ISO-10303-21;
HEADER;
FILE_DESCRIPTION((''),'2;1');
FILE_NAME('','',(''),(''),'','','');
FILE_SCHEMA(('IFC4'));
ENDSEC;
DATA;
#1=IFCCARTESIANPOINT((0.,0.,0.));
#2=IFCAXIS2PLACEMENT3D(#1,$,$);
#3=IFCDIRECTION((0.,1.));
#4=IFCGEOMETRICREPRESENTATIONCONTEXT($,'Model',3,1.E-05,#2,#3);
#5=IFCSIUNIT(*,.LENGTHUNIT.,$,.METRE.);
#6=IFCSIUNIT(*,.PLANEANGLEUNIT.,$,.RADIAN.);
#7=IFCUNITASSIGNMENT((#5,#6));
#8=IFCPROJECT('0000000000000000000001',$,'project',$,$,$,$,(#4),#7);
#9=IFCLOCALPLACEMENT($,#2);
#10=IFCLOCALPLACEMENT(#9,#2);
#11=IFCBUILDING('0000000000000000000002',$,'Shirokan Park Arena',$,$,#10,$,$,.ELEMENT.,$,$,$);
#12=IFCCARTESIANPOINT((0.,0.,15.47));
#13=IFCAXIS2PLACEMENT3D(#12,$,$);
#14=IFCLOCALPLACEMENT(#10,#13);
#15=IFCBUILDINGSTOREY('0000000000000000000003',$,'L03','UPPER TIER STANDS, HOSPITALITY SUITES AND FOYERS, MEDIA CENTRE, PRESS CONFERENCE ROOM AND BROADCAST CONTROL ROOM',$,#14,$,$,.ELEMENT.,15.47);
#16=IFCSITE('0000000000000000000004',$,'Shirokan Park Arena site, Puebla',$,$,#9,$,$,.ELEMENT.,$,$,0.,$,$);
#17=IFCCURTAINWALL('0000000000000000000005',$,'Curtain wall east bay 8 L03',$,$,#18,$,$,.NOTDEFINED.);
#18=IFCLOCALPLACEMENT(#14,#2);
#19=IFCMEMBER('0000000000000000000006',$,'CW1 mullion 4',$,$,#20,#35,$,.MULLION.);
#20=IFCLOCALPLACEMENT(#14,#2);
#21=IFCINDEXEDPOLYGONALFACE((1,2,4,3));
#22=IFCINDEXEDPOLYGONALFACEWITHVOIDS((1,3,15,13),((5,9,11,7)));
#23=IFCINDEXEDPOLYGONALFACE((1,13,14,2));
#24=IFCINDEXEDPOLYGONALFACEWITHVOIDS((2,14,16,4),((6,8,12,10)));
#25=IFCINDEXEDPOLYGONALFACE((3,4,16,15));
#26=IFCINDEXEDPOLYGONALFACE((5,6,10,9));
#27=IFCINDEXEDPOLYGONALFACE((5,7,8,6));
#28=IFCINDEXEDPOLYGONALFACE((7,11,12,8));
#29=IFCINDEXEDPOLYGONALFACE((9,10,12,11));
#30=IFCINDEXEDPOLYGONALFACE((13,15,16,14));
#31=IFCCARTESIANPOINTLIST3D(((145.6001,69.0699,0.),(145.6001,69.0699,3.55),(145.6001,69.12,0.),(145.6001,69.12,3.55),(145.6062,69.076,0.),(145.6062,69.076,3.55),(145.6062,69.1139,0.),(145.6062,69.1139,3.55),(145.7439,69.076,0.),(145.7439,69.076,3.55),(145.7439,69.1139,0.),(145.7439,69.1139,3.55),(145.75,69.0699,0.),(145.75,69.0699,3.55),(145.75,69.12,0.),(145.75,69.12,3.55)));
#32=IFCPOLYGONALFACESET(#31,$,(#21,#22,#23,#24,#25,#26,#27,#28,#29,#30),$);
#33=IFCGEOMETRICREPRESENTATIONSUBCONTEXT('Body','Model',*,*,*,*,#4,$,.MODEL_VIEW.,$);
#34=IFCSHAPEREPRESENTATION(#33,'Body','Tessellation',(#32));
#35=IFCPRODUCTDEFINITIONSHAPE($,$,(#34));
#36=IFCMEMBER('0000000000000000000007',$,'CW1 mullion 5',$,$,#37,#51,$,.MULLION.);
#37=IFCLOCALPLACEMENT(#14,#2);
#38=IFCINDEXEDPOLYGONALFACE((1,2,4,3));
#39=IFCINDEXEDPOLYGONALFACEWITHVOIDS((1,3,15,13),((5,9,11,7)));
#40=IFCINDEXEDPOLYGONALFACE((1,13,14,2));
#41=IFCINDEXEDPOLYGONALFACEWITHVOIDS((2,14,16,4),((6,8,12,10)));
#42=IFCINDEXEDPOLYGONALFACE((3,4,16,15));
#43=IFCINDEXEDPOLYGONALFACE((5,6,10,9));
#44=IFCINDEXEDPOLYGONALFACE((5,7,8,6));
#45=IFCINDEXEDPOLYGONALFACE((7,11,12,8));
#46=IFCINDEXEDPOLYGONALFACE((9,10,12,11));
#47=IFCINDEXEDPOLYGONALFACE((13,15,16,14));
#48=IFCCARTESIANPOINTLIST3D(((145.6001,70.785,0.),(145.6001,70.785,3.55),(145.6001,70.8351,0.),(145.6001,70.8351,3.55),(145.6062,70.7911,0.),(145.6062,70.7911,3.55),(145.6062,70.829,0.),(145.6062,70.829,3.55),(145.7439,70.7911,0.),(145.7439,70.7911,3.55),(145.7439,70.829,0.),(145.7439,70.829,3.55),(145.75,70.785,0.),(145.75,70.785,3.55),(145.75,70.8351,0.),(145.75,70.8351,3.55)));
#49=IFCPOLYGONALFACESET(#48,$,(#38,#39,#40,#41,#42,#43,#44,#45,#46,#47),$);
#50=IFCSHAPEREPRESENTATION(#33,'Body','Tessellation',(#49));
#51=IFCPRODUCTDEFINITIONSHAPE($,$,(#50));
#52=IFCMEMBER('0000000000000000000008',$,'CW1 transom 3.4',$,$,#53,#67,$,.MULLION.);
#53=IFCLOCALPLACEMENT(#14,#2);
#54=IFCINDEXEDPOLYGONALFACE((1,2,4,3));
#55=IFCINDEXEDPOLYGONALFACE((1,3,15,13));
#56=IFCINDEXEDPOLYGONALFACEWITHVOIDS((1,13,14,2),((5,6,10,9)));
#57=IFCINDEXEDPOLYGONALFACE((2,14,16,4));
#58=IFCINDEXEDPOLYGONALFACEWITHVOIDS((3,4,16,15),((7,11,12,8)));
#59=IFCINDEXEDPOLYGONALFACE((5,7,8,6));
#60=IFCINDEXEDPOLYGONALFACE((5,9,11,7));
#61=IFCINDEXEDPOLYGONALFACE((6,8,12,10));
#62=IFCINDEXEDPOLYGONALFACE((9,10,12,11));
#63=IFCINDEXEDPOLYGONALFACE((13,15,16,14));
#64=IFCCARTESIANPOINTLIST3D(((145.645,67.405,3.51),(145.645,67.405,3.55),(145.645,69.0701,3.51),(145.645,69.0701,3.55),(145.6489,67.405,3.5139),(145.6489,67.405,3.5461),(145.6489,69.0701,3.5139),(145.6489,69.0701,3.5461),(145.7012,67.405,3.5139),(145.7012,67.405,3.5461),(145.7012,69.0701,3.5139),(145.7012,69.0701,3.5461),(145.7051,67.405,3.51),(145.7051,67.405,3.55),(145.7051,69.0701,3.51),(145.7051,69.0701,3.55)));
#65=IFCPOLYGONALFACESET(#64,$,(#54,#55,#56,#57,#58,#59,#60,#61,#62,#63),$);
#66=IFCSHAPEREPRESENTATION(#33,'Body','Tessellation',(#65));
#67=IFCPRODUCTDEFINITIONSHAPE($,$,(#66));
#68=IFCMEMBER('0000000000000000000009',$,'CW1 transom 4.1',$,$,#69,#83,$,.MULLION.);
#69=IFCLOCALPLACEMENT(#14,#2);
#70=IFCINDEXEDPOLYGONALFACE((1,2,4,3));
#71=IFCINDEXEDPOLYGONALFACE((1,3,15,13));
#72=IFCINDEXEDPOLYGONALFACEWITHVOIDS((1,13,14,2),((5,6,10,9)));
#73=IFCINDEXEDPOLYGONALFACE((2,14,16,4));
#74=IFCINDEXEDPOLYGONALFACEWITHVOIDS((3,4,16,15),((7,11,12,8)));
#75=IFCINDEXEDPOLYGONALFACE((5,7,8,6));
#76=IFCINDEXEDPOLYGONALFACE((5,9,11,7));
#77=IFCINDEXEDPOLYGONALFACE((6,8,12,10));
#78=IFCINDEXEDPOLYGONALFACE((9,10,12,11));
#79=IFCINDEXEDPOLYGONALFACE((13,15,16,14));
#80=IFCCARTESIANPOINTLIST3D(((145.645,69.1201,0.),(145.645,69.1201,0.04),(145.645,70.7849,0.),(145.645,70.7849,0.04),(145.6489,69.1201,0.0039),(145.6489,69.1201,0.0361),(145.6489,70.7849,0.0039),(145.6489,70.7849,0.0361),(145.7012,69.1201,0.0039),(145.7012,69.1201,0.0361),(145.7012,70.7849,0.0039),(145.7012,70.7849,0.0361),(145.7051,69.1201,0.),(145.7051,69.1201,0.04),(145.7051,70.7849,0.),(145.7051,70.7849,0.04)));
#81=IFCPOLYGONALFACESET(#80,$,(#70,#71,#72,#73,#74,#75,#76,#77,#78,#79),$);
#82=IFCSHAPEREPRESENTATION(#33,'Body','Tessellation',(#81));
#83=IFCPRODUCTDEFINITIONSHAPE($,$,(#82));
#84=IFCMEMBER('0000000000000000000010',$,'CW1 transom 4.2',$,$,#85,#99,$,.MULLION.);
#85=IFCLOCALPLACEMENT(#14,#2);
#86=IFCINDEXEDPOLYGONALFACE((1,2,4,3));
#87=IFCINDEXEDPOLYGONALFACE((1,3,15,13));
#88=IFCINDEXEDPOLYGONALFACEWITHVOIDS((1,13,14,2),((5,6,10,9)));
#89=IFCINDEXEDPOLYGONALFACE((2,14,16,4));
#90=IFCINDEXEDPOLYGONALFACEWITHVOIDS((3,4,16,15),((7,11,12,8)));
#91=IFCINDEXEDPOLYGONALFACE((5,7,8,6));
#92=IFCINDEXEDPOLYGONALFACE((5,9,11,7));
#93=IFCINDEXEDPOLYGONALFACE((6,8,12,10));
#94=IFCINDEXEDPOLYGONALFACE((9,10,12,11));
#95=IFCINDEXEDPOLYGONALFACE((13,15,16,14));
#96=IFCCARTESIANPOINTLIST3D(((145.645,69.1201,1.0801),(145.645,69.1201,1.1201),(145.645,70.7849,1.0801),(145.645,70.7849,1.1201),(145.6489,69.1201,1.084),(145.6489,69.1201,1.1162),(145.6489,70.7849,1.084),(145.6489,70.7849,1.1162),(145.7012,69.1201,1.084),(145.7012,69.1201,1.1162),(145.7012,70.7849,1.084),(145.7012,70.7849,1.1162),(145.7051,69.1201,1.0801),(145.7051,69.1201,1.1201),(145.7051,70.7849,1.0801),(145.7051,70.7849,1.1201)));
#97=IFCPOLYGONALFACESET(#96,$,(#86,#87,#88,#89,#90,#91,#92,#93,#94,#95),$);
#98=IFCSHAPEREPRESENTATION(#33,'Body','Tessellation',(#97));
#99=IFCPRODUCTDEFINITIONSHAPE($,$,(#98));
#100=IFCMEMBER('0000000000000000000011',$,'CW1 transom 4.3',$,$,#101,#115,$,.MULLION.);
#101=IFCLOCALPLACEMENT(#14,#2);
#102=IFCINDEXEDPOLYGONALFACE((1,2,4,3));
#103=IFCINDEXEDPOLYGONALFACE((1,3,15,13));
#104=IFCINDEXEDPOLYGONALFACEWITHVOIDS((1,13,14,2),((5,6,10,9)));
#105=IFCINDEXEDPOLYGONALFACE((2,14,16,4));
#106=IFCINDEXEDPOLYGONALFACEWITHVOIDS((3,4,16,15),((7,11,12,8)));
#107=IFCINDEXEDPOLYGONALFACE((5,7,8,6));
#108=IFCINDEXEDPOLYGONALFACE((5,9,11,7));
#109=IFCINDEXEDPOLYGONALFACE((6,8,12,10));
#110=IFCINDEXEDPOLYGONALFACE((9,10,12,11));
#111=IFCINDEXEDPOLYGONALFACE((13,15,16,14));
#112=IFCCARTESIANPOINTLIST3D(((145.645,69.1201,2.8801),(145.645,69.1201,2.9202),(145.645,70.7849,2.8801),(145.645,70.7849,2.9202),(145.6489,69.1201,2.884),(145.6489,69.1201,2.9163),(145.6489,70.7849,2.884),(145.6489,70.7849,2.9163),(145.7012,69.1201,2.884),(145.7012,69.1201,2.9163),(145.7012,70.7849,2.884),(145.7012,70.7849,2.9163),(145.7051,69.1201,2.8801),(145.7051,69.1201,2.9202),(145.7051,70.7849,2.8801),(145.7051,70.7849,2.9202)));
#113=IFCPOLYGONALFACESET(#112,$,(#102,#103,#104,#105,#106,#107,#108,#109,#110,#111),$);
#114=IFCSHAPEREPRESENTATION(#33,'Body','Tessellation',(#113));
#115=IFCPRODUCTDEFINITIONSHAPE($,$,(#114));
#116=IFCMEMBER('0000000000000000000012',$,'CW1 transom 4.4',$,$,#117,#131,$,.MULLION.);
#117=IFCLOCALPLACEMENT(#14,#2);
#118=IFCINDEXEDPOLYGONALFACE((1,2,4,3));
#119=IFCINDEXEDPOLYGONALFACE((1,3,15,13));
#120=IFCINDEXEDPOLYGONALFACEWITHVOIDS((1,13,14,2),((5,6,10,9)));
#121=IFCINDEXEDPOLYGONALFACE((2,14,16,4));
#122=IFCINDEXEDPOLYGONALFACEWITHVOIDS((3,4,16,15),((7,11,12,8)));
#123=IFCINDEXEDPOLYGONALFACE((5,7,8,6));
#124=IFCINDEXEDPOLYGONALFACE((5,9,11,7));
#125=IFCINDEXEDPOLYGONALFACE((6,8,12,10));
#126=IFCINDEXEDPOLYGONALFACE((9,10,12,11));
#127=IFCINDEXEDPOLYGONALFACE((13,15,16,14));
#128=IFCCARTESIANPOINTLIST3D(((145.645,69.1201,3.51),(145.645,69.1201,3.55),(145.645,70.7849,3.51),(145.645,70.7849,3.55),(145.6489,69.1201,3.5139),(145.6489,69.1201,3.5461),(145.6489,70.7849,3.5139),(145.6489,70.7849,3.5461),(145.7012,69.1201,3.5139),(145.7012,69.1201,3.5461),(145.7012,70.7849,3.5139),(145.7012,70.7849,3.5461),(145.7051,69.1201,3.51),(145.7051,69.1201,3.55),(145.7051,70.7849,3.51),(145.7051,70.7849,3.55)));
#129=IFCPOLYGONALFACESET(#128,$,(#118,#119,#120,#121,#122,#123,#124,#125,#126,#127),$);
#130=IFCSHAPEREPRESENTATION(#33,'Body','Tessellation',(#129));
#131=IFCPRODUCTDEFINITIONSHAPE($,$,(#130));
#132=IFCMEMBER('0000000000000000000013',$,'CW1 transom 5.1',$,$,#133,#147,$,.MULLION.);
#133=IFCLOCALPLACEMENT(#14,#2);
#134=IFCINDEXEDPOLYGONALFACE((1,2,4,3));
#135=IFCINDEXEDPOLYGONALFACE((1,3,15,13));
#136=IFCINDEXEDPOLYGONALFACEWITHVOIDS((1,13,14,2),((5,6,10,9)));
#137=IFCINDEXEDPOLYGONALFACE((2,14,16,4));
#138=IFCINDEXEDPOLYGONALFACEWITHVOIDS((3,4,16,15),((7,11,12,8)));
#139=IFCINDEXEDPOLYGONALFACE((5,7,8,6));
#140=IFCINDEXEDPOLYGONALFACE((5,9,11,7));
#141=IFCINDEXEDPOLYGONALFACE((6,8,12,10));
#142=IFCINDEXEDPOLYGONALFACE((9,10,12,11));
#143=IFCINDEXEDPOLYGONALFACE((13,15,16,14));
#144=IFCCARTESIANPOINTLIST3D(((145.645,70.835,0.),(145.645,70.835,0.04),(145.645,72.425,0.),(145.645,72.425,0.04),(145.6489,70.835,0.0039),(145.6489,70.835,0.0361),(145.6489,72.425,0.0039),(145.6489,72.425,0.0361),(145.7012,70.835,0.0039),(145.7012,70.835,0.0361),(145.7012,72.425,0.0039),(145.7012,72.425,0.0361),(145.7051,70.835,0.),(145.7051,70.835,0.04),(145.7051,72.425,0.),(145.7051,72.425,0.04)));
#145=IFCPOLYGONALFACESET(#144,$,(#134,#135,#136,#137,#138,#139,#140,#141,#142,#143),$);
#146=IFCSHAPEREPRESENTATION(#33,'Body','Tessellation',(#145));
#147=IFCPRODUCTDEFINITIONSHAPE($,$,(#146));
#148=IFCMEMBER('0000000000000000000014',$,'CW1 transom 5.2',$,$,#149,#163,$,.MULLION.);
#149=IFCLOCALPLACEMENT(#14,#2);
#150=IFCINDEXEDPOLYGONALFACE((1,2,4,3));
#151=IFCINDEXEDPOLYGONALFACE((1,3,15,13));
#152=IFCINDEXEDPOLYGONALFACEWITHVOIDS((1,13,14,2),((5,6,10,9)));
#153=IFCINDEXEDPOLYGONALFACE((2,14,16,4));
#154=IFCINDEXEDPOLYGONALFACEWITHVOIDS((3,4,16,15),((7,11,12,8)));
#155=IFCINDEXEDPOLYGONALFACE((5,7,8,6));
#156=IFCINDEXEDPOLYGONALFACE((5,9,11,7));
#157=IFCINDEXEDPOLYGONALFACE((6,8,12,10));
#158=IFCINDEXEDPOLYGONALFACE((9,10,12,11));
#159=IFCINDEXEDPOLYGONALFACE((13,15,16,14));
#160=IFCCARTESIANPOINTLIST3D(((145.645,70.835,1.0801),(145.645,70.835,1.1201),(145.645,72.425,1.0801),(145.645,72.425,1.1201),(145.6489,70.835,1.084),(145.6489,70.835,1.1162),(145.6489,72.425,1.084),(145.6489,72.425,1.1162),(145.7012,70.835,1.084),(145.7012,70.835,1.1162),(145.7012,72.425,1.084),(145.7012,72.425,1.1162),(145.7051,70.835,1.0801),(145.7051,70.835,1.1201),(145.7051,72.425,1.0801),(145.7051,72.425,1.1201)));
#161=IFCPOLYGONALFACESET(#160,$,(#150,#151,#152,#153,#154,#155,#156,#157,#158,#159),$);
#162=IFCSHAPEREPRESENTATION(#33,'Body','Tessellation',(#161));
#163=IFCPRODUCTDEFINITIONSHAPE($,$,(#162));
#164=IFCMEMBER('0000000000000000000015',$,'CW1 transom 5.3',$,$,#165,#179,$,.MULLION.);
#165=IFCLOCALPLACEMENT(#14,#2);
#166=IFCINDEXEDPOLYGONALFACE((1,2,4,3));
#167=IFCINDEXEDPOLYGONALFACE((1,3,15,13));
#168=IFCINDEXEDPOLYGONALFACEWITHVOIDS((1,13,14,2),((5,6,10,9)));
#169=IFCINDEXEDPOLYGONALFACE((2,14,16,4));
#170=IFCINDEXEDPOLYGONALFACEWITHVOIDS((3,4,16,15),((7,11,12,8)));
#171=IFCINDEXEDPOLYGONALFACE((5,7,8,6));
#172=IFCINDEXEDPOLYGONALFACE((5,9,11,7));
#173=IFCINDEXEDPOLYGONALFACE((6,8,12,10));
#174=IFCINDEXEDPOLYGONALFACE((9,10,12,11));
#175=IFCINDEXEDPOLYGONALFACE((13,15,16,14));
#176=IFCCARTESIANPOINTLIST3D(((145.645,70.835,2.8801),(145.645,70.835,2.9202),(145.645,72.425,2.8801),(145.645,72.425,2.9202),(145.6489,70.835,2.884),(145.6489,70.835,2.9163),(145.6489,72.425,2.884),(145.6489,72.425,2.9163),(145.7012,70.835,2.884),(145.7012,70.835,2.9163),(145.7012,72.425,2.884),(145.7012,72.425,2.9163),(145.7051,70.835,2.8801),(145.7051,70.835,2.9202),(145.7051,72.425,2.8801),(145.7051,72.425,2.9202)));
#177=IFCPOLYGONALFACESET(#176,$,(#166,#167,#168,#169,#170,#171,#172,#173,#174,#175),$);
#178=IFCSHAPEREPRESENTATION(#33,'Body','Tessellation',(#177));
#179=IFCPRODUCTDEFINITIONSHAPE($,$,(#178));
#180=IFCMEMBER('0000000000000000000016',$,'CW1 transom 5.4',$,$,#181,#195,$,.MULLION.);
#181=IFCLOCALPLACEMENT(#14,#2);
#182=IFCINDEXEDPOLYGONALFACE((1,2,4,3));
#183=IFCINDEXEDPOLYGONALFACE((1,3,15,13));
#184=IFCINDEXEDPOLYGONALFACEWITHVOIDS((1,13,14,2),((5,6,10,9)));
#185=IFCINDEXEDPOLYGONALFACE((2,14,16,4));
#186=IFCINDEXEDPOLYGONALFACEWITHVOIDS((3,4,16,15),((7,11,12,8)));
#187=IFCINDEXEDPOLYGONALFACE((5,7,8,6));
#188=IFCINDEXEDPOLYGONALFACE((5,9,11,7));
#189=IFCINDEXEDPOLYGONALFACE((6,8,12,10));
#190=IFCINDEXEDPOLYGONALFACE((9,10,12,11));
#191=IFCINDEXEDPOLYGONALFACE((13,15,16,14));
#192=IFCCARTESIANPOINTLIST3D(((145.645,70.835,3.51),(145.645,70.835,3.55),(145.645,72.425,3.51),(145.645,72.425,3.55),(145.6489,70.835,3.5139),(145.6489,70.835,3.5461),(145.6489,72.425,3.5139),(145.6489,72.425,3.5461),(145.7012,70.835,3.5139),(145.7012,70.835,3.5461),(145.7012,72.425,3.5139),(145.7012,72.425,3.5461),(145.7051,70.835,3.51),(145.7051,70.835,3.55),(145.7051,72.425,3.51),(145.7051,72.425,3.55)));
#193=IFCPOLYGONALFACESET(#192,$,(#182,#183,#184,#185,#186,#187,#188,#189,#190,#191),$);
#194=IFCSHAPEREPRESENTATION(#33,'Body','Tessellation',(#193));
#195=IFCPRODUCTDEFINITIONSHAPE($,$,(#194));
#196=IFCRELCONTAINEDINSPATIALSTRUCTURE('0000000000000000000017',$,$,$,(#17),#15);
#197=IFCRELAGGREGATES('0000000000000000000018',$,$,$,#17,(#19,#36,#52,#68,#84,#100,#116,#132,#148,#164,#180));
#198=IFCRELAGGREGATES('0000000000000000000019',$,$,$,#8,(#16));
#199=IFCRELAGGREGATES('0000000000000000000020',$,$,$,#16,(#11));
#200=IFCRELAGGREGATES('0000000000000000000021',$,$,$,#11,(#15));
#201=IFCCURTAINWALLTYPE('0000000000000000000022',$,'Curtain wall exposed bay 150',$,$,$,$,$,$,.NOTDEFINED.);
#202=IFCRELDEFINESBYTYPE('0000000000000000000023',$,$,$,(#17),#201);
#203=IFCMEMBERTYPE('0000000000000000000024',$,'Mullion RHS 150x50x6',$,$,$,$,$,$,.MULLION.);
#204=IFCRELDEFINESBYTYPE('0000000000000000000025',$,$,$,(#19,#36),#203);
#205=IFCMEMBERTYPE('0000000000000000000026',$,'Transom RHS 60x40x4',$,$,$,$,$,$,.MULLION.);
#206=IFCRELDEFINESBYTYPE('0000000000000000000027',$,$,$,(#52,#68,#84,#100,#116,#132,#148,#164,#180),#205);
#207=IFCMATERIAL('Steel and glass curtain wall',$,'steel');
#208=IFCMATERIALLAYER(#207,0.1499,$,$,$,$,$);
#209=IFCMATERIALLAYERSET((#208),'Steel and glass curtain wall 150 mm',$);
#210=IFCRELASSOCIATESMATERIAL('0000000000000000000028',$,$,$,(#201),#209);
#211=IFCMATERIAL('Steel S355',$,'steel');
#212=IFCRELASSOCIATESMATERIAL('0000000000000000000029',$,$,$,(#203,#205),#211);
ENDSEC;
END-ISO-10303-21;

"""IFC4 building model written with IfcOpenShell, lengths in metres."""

from ifc_helpers import new_model, si_unit, direction, frame, origin, origin_2d, place, context, subcontext, project, spatial, hollow_rectangle, extrude, material, layer, layer_set, material_profile, profile_set, type_object, element, aggregate, save


model = new_model("IFC4")

# Units and contexts
model_context = context("Model", 3, precision=1e-05, world=origin(), true_north=direction((0.0, 1.0)))
body_context = subcontext(model_context, "Body", "Model", "MODEL_VIEW")
ifc_project = project(units=[si_unit("LENGTHUNIT", "METRE"), si_unit("PLANEANGLEUNIT", "RADIAN")], contexts=[model_context])

# Site, building, storey
site_placement = place(None, origin())
site = spatial("IfcSite", under=ifc_project, at=site_placement, Name="Shirokan Park Arena site, Puebla", CompositionType="ELEMENT", RefElevation=0.0)
building_placement = place(site_placement, origin())
building = spatial("IfcBuilding", under=site, at=building_placement, Name="Shirokan Park Arena", CompositionType="ELEMENT")
storey_placement = place(building_placement, frame((0.0, 0.0, 15.47)))
storey = spatial("IfcBuildingStorey", under=building, at=storey_placement, Name="L03", Description="UPPER TIER STANDS, HOSPITALITY SUITES AND FOYERS, MEDIA CENTRE, PRESS CONFERENCE ROOM AND BROADCAST CONTROL ROOM", CompositionType="ELEMENT", Elevation=15.47)

# Curtain wall, members
ifc_material_1 = material(Name="Steel and glass curtain wall", Category="steel")
ifc_layer_1 = layer(ifc_material_1, 0.1499)
ifc_layer_set_1 = layer_set([ifc_layer_1], Name="Steel and glass curtain wall 150 mm")
curtain_wall_type = type_object("IfcCurtainWallType", Name="Curtain wall exposed bay 150", PredefinedType="NOTDEFINED", material=ifc_layer_set_1)
curtain_wall_placement = place(storey_placement, origin())
curtain_wall = element("IfcCurtainWall", 1, at=curtain_wall_placement, inside=storey, type_object=curtain_wall_type, Name="Curtain wall east bay 8 L03", PredefinedType="NOTDEFINED")
ifc_material_2 = material(Name="Steel S355", Category="steel")
ifc_material_profile_1 = material_profile(ifc_material_2, hollow_rectangle(XDim=0.1499, YDim=0.05, WallThickness=0.0061, at=origin_2d()), Name="RHS 150x50x6")
ifc_profile_set_1 = profile_set([ifc_material_profile_1], Name="Steel S355")
member_type_1 = type_object("IfcMemberType", Name="Mullion RHS 150x50x6", PredefinedType="MULLION", material=ifc_profile_set_1)
member_1_placement = place(storey_placement, frame((145.675, 69.095, 0.0), z_axis=(0.0, 0.0, 1.0), x_axis=(-1.0, 0.0, 0.0)))
member_1 = element("IfcMember", 2, at=member_1_placement, type_object=member_type_1, Name="CW1 mullion 4", PredefinedType="MULLION", context=body_context, shape_type="SweptSolid", body=[
    extrude(hollow_rectangle(XDim=0.1499, YDim=0.05, WallThickness=0.0061, at=origin_2d()), origin(), (0.0, 0.0, 1.0), 3.55),
])
member_2_placement = place(storey_placement, frame((145.675, 70.8101, 0.0), z_axis=(0.0, 0.0, 1.0), x_axis=(-1.0, 0.0, 0.0)))
member_2 = element("IfcMember", 3, at=member_2_placement, type_object=member_type_1, Name="CW1 mullion 5", PredefinedType="MULLION", context=body_context, shape_type="SweptSolid", body=[
    extrude(hollow_rectangle(XDim=0.1499, YDim=0.05, WallThickness=0.0061, at=origin_2d()), origin(), (0.0, 0.0, 1.0), 3.55),
])
ifc_material_profile_2 = material_profile(ifc_material_2, hollow_rectangle(XDim=0.0601, YDim=0.04, WallThickness=0.0039, at=origin_2d()), Name="RHS 60x40x4")
ifc_profile_set_2 = profile_set([ifc_material_profile_2], Name="Steel S355")
member_type_2 = type_object("IfcMemberType", Name="Transom RHS 60x40x4", PredefinedType="MULLION", material=ifc_profile_set_2)
member_3_placement = place(storey_placement, frame((145.675, 67.405, 3.53), z_axis=(0.0, 1.0, 0.0), x_axis=(-1.0, 0.0, 0.0)))
member_3 = element("IfcMember", 4, at=member_3_placement, type_object=member_type_2, Name="CW1 transom 3.4", PredefinedType="MULLION", context=body_context, shape_type="SweptSolid", body=[
    extrude(hollow_rectangle(XDim=0.0601, YDim=0.04, WallThickness=0.0039, at=origin_2d()), origin(), (0.0, 0.0, 1.0), 1.665),
])
member_4_placement = place(storey_placement, frame((145.675, 69.1201, 0.02), z_axis=(0.0, 1.0, 0.0), x_axis=(-1.0, 0.0, 0.0)))
member_4 = element("IfcMember", 5, at=member_4_placement, type_object=member_type_2, Name="CW1 transom 4.1", PredefinedType="MULLION", context=body_context, shape_type="SweptSolid", body=[
    extrude(hollow_rectangle(XDim=0.0601, YDim=0.04, WallThickness=0.0039, at=origin_2d()), origin(), (0.0, 0.0, 1.0), 1.6648),
])
member_5_placement = place(storey_placement, frame((145.675, 69.1201, 1.1001), z_axis=(0.0, 1.0, 0.0), x_axis=(-1.0, 0.0, 0.0)))
member_5 = element("IfcMember", 6, at=member_5_placement, type_object=member_type_2, Name="CW1 transom 4.2", PredefinedType="MULLION", context=body_context, shape_type="SweptSolid", body=[
    extrude(hollow_rectangle(XDim=0.0601, YDim=0.04, WallThickness=0.0039, at=origin_2d()), origin(), (0.0, 0.0, 1.0), 1.6648),
])
member_6_placement = place(storey_placement, frame((145.675, 69.1201, 2.9001), z_axis=(0.0, 1.0, 0.0), x_axis=(-1.0, 0.0, 0.0)))
member_6 = element("IfcMember", 7, at=member_6_placement, type_object=member_type_2, Name="CW1 transom 4.3", PredefinedType="MULLION", context=body_context, shape_type="SweptSolid", body=[
    extrude(hollow_rectangle(XDim=0.0601, YDim=0.04, WallThickness=0.0039, at=origin_2d()), origin(), (0.0, 0.0, 1.0), 1.6648),
])
member_7_placement = place(storey_placement, frame((145.675, 69.1201, 3.53), z_axis=(0.0, 1.0, 0.0), x_axis=(-1.0, 0.0, 0.0)))
member_7 = element("IfcMember", 8, at=member_7_placement, type_object=member_type_2, Name="CW1 transom 4.4", PredefinedType="MULLION", context=body_context, shape_type="SweptSolid", body=[
    extrude(hollow_rectangle(XDim=0.0601, YDim=0.04, WallThickness=0.0039, at=origin_2d()), origin(), (0.0, 0.0, 1.0), 1.6648),
])
member_8_placement = place(storey_placement, frame((145.675, 70.835, 0.02), z_axis=(0.0, 1.0, 0.0), x_axis=(-1.0, 0.0, 0.0)))
member_8 = element("IfcMember", 9, at=member_8_placement, type_object=member_type_2, Name="CW1 transom 5.1", PredefinedType="MULLION", context=body_context, shape_type="SweptSolid", body=[
    extrude(hollow_rectangle(XDim=0.0601, YDim=0.04, WallThickness=0.0039, at=origin_2d()), origin(), (0.0, 0.0, 1.0), 1.5901),
])
member_9_placement = place(storey_placement, frame((145.675, 70.835, 1.1001), z_axis=(0.0, 1.0, 0.0), x_axis=(-1.0, 0.0, 0.0)))
member_9 = element("IfcMember", 10, at=member_9_placement, type_object=member_type_2, Name="CW1 transom 5.2", PredefinedType="MULLION", context=body_context, shape_type="SweptSolid", body=[
    extrude(hollow_rectangle(XDim=0.0601, YDim=0.04, WallThickness=0.0039, at=origin_2d()), origin(), (0.0, 0.0, 1.0), 1.5901),
])
member_10_placement = place(storey_placement, frame((145.675, 70.835, 2.9001), z_axis=(0.0, 1.0, 0.0), x_axis=(-1.0, 0.0, 0.0)))
member_10 = element("IfcMember", 11, at=member_10_placement, type_object=member_type_2, Name="CW1 transom 5.3", PredefinedType="MULLION", context=body_context, shape_type="SweptSolid", body=[
    extrude(hollow_rectangle(XDim=0.0601, YDim=0.04, WallThickness=0.0039, at=origin_2d()), origin(), (0.0, 0.0, 1.0), 1.5901),
])
member_11_placement = place(storey_placement, frame((145.675, 70.835, 3.53), z_axis=(0.0, 1.0, 0.0), x_axis=(-1.0, 0.0, 0.0)))
member_11 = element("IfcMember", 12, at=member_11_placement, type_object=member_type_2, Name="CW1 transom 5.4", PredefinedType="MULLION", context=body_context, shape_type="SweptSolid", body=[
    extrude(hollow_rectangle(XDim=0.0601, YDim=0.04, WallThickness=0.0039, at=origin_2d()), origin(), (0.0, 0.0, 1.0), 1.5901),
])
aggregate(curtain_wall, [member_1, member_2, member_3, member_4, member_5, member_6, member_7, member_8, member_9, member_10, member_11])

save(model, "model.ifc")
